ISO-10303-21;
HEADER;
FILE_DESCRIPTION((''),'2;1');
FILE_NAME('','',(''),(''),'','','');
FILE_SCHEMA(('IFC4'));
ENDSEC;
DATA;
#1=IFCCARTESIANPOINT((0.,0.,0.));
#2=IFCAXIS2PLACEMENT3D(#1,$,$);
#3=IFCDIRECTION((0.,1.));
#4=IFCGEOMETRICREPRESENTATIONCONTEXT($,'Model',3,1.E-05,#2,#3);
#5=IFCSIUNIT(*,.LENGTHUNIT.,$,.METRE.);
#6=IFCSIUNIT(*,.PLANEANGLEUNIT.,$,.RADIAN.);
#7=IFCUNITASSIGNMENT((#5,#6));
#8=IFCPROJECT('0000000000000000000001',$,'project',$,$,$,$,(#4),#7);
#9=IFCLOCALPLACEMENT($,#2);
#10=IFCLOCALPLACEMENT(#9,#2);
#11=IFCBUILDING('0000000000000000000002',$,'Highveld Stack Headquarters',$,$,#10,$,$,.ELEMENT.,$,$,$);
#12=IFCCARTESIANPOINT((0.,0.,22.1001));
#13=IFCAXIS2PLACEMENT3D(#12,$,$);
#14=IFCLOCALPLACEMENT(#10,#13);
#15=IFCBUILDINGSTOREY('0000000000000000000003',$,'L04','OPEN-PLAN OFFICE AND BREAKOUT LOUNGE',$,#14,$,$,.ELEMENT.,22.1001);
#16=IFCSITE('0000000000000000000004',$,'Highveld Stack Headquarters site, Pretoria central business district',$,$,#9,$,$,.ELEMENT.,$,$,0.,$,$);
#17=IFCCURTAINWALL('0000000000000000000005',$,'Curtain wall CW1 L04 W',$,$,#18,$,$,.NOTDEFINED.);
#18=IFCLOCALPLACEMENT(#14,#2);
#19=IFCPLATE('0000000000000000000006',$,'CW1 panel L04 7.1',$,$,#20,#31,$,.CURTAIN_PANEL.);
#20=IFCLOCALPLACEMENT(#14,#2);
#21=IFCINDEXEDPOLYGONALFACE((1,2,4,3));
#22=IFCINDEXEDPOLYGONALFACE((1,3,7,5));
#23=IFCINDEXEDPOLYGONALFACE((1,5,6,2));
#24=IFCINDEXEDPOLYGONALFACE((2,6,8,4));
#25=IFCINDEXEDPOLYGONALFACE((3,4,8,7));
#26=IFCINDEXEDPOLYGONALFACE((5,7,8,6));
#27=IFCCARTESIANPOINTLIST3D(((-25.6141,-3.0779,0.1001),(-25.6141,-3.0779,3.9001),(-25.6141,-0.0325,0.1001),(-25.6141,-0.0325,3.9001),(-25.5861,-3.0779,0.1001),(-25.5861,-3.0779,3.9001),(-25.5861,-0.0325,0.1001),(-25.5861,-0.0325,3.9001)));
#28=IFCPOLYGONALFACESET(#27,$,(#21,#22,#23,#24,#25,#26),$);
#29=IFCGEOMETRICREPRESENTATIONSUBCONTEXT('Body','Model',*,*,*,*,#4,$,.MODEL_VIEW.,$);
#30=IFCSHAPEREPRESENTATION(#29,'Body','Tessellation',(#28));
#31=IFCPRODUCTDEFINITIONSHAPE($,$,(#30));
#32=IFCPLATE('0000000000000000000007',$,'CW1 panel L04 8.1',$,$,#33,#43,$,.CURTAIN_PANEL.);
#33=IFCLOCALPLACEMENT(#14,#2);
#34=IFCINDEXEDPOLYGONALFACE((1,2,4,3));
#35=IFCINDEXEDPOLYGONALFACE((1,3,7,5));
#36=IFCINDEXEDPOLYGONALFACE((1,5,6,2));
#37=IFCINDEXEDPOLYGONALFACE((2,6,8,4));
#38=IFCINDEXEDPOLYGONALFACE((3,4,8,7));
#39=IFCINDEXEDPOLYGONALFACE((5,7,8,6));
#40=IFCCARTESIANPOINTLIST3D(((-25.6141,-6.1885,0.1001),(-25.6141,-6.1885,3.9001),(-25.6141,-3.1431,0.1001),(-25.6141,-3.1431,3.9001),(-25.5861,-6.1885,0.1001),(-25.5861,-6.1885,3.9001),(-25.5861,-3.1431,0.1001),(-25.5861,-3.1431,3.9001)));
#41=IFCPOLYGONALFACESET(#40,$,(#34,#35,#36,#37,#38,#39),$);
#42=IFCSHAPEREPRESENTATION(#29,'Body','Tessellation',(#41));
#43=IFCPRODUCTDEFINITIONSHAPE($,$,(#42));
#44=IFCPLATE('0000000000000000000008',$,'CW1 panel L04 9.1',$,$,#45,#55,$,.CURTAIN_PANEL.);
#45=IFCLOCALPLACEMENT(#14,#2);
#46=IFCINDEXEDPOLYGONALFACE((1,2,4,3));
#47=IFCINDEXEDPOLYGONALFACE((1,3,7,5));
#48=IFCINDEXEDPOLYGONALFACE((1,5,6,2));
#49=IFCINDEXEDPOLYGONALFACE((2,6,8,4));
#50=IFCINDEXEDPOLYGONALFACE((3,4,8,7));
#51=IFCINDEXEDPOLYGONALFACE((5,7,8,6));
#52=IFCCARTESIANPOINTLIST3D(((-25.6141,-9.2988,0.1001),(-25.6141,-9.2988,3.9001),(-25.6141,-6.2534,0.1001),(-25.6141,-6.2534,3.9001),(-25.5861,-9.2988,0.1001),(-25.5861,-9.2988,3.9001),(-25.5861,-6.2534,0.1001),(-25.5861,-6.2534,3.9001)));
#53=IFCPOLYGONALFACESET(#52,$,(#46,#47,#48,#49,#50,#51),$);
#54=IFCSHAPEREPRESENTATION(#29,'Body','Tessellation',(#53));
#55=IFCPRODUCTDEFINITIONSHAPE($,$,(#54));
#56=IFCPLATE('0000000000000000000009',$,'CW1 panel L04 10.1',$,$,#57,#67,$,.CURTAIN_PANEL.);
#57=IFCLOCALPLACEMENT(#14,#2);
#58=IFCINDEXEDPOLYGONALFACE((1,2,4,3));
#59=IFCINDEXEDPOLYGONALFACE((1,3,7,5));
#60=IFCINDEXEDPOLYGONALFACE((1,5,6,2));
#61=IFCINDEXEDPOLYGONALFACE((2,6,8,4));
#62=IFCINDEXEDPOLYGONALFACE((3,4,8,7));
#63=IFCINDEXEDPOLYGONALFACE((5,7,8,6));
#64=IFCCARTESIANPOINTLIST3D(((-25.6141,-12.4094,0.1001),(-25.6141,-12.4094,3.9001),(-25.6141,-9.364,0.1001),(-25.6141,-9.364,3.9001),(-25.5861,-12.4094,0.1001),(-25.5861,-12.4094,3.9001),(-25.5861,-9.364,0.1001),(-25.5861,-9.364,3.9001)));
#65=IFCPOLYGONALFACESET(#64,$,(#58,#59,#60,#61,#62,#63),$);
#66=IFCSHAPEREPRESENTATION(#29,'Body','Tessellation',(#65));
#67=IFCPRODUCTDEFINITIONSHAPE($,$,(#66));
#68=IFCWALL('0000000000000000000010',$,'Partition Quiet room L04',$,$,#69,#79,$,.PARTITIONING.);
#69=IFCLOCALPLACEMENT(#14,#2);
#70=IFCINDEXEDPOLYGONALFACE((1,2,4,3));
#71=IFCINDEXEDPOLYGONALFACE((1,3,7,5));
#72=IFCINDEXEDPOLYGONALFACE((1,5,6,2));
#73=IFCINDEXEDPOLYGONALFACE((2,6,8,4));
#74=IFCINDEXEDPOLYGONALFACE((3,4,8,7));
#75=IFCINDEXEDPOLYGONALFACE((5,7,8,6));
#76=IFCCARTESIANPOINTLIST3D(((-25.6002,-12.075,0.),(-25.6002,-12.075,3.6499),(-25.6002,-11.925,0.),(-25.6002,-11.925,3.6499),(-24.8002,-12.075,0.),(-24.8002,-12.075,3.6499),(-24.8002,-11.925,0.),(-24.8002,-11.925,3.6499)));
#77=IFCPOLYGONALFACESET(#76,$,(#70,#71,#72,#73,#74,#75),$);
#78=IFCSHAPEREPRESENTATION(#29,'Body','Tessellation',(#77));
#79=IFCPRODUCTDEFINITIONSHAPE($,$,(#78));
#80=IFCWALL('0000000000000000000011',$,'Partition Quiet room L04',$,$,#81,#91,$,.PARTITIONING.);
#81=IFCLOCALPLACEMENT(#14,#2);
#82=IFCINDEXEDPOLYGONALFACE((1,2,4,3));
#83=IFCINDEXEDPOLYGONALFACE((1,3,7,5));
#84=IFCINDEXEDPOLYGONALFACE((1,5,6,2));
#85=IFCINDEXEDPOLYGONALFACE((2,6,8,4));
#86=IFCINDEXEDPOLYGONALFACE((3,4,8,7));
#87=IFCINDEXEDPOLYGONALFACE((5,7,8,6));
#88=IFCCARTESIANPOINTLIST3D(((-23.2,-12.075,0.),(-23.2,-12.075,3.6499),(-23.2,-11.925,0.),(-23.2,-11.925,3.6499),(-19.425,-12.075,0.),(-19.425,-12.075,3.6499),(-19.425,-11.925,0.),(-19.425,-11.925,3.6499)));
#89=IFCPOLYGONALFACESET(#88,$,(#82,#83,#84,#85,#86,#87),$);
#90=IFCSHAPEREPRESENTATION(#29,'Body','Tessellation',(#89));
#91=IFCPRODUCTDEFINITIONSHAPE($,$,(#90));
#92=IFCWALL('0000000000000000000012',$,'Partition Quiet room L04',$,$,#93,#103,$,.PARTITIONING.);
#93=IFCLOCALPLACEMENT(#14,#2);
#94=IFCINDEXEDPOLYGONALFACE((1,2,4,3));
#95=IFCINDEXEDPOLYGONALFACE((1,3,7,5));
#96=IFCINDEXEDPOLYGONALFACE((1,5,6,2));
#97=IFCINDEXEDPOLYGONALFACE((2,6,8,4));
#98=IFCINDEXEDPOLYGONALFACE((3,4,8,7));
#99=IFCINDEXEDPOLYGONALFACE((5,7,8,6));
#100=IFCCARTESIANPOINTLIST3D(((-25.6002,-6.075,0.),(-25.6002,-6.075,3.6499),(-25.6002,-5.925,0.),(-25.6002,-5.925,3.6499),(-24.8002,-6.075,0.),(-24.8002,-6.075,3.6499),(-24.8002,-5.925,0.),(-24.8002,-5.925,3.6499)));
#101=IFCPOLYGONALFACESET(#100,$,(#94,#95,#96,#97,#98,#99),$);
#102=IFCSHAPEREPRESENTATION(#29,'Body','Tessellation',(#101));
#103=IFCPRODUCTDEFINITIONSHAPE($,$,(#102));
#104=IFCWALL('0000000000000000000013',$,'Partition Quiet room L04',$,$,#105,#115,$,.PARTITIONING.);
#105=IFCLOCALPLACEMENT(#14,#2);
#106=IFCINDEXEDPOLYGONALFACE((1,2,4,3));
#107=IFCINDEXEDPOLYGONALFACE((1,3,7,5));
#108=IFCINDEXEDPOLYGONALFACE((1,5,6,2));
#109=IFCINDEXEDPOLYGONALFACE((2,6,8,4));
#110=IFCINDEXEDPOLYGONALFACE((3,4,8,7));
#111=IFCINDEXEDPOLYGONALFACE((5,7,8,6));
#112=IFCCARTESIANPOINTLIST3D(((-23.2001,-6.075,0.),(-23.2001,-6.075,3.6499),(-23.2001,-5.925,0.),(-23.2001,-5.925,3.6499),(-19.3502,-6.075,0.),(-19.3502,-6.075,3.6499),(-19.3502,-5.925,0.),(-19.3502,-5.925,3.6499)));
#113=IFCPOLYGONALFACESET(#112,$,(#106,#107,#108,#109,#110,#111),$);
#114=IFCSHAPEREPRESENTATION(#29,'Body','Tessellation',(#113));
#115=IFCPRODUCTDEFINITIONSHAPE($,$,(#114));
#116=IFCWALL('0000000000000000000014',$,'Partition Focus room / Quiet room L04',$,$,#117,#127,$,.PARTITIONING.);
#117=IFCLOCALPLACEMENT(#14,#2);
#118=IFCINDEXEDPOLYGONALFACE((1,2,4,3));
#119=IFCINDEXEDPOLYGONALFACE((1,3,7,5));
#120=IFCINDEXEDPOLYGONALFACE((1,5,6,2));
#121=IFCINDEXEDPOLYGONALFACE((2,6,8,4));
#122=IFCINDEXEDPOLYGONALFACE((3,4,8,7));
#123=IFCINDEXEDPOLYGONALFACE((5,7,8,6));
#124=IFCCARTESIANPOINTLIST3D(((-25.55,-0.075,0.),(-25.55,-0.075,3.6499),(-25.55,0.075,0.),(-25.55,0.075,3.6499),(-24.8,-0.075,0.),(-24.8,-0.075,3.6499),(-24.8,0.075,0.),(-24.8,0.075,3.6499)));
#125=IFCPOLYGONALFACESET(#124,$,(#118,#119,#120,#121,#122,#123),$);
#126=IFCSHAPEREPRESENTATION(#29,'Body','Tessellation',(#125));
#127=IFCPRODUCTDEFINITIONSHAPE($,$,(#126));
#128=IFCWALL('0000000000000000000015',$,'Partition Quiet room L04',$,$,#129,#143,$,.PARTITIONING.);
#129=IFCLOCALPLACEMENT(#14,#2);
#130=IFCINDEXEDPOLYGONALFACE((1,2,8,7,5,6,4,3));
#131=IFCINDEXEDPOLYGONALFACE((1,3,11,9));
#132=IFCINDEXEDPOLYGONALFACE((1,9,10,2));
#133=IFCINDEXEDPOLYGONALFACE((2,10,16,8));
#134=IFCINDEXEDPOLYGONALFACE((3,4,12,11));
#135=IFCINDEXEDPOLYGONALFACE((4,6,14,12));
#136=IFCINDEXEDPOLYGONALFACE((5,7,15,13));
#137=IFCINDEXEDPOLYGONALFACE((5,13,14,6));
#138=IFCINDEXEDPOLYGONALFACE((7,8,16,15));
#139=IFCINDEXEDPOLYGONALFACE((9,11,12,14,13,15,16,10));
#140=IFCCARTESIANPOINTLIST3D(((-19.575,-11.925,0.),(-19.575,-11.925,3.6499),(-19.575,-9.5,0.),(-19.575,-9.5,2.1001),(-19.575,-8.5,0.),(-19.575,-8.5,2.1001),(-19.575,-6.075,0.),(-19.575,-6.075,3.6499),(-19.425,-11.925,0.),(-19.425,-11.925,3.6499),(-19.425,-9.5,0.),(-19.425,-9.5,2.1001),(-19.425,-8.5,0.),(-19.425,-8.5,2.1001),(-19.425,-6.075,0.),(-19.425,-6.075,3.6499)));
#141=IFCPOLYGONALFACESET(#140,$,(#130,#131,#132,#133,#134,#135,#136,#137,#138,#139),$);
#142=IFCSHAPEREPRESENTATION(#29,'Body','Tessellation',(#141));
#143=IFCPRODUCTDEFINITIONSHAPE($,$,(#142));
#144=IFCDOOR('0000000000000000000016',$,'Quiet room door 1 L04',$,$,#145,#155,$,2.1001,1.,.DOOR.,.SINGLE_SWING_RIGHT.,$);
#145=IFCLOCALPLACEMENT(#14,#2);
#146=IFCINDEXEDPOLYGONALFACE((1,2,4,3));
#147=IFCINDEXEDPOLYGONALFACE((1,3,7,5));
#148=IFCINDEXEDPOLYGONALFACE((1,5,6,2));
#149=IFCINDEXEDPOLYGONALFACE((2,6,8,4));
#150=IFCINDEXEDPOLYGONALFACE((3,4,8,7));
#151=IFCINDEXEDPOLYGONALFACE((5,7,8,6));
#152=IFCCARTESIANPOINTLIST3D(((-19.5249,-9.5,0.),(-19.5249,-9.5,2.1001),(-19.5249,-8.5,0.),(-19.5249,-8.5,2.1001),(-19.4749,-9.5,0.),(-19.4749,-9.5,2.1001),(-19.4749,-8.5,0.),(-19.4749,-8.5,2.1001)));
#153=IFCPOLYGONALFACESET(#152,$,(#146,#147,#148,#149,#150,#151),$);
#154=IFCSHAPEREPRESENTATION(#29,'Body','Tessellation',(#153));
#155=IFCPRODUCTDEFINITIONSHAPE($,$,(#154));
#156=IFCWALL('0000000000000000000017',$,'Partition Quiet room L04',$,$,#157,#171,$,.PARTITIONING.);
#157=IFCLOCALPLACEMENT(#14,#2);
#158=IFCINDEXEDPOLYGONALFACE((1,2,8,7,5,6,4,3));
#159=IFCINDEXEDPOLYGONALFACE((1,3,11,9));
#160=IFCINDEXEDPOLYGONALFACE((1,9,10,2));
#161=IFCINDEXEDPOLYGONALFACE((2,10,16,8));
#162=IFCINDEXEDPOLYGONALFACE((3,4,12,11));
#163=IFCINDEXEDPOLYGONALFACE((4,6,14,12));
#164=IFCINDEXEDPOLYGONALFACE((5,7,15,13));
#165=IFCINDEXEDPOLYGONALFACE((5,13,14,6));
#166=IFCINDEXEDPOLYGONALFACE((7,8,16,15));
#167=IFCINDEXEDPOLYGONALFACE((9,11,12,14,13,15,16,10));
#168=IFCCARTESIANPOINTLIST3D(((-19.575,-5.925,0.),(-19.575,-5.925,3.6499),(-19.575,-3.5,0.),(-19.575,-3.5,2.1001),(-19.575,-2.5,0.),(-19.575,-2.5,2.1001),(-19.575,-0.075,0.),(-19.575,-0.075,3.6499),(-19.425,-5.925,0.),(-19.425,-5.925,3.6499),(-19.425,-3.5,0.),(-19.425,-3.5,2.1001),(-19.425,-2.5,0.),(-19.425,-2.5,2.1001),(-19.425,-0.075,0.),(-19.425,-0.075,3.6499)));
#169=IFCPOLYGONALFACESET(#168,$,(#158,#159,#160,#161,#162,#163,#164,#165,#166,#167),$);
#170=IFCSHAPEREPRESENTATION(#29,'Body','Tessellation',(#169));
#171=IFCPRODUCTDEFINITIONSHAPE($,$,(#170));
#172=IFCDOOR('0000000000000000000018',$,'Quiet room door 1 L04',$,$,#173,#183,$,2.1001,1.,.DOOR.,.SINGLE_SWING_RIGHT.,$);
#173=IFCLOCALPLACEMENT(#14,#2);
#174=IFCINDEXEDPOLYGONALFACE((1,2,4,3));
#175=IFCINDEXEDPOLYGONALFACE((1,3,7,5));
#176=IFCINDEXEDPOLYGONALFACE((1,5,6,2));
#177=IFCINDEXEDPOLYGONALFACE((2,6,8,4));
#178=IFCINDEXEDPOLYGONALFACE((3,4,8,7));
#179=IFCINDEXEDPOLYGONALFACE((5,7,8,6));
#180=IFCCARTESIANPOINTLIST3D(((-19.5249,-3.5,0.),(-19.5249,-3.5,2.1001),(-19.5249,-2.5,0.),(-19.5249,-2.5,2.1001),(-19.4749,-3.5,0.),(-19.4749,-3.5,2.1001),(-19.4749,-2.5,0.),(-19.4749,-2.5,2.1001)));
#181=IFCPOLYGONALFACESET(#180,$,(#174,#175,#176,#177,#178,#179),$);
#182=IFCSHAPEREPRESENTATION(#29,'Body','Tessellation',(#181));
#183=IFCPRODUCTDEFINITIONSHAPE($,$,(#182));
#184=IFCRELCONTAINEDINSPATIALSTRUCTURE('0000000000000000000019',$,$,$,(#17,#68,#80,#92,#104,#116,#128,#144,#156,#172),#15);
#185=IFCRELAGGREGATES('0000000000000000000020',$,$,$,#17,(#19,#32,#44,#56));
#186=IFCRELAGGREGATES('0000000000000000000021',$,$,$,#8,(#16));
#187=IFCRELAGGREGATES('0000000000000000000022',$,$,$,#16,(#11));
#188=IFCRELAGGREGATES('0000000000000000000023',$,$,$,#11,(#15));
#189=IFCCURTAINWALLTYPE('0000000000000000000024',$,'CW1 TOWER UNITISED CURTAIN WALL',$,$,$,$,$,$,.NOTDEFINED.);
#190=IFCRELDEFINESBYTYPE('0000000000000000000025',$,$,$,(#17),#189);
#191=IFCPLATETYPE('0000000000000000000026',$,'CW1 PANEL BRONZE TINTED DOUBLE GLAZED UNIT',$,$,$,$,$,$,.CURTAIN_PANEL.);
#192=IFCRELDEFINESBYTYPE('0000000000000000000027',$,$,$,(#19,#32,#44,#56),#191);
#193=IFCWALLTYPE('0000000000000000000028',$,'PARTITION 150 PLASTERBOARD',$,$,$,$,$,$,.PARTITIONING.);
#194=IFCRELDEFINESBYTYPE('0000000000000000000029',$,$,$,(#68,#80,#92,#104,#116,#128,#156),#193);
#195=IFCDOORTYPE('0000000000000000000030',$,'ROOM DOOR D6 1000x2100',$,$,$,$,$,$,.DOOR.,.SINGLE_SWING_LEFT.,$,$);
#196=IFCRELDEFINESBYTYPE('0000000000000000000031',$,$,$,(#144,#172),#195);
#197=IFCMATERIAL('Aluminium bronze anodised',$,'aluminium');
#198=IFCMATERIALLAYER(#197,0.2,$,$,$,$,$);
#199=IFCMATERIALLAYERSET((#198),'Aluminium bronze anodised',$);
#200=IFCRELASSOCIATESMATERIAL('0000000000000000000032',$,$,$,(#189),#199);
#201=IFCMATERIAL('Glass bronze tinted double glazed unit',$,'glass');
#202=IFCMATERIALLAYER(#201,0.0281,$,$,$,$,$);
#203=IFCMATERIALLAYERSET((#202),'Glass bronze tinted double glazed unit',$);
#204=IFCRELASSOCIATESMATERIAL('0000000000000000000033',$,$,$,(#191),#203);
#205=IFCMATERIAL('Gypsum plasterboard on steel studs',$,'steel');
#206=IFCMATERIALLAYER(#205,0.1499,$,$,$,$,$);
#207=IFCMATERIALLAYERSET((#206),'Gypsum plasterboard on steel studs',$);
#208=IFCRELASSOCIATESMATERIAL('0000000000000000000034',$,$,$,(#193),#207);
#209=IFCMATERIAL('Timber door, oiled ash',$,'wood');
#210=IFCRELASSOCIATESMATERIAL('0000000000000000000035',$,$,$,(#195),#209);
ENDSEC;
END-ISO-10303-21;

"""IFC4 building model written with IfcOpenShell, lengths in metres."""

from ifc_helpers import new_model, si_unit, direction, frame, frame_2d, origin, origin_2d, place, context, subcontext, project, spatial, rectangle, extrude, material, layer, layer_set, type_object, element, fill, aggregate, save


model = new_model("IFC4")

# Units and contexts
model_context = context("Model", 3, precision=1e-05, world=origin(), true_north=direction((0.0, 1.0)))
body_context = subcontext(model_context, "Body", "Model", "MODEL_VIEW")
ifc_project = project(units=[si_unit("LENGTHUNIT", "METRE"), si_unit("PLANEANGLEUNIT", "RADIAN")], contexts=[model_context])

# Site, building, storey
site_placement = place(None, origin())
site = spatial("IfcSite", under=ifc_project, at=site_placement, Name="Highveld Stack Headquarters site, Pretoria central business district", CompositionType="ELEMENT", RefElevation=0.0)
building_placement = place(site_placement, origin())
building = spatial("IfcBuilding", under=site, at=building_placement, Name="Highveld Stack Headquarters", CompositionType="ELEMENT")
storey_placement = place(building_placement, frame((0.0, 0.0, 22.1001)))
storey = spatial("IfcBuildingStorey", under=building, at=storey_placement, Name="L04", Description="OPEN-PLAN OFFICE AND BREAKOUT LOUNGE", CompositionType="ELEMENT", Elevation=22.1001)

# Curtain wall, plates
ifc_material_1 = material(Name="Aluminium bronze anodised", Category="aluminium")
ifc_layer_1 = layer(ifc_material_1, 0.2)
ifc_layer_set_1 = layer_set([ifc_layer_1], Name="Aluminium bronze anodised")
curtain_wall_type = type_object("IfcCurtainWallType", Name="CW1 TOWER UNITISED CURTAIN WALL", PredefinedType="NOTDEFINED", material=ifc_layer_set_1)
curtain_wall_placement = place(storey_placement, origin())
curtain_wall = element("IfcCurtainWall", 1, at=curtain_wall_placement, inside=storey, type_object=curtain_wall_type, Name="Curtain wall CW1 L04 W", PredefinedType="NOTDEFINED")
ifc_material_2 = material(Name="Glass bronze tinted double glazed unit", Category="glass")
ifc_layer_2 = layer(ifc_material_2, 0.0281)
ifc_layer_set_2 = layer_set([ifc_layer_2], Name="Glass bronze tinted double glazed unit")
plate_type = type_object("IfcPlateType", Name="CW1 PANEL BRONZE TINTED DOUBLE GLAZED UNIT", PredefinedType="CURTAIN_PANEL", material=ifc_layer_set_2)
plate_1_placement = place(storey_placement, frame((-25.6001, -1.5552, 0.1001), z_axis=(0.0, 0.0, 1.0), x_axis=(0.0, -1.0, 0.0)))
plate_1 = element("IfcPlate", 2, at=plate_1_placement, type_object=plate_type, Name="CW1 panel L04 7.1", PredefinedType="CURTAIN_PANEL", context=body_context, shape_type="SweptSolid", body=[
    extrude(rectangle(XDim=3.0454, YDim=0.0281, at=origin_2d()), origin(), (0.0, 0.0, 1.0), 3.8),
])
plate_2_placement = place(storey_placement, frame((-25.6001, -4.6658, 0.1001), z_axis=(0.0, 0.0, 1.0), x_axis=(0.0, -1.0, 0.0)))
plate_2 = element("IfcPlate", 3, at=plate_2_placement, type_object=plate_type, Name="CW1 panel L04 8.1", PredefinedType="CURTAIN_PANEL", context=body_context, shape_type="SweptSolid", body=[
    extrude(rectangle(XDim=3.0454, YDim=0.0281, at=origin_2d()), origin(), (0.0, 0.0, 1.0), 3.8),
])
plate_3_placement = place(storey_placement, frame((-25.6001, -7.7761, 0.1001), z_axis=(0.0, 0.0, 1.0), x_axis=(0.0, -1.0, 0.0)))
plate_3 = element("IfcPlate", 4, at=plate_3_placement, type_object=plate_type, Name="CW1 panel L04 9.1", PredefinedType="CURTAIN_PANEL", context=body_context, shape_type="SweptSolid", body=[
    extrude(rectangle(XDim=3.0454, YDim=0.0281, at=origin_2d()), origin(), (0.0, 0.0, 1.0), 3.8),
])
plate_4_placement = place(storey_placement, frame((-25.6001, -10.8867, 0.1001), z_axis=(0.0, 0.0, 1.0), x_axis=(0.0, -1.0, 0.0)))
plate_4 = element("IfcPlate", 5, at=plate_4_placement, type_object=plate_type, Name="CW1 panel L04 10.1", PredefinedType="CURTAIN_PANEL", context=body_context, shape_type="SweptSolid", body=[
    extrude(rectangle(XDim=3.0454, YDim=0.0281, at=origin_2d()), origin(), (0.0, 0.0, 1.0), 3.8),
])
aggregate(curtain_wall, [plate_1, plate_2, plate_3, plate_4])

# Walls
ifc_material_3 = material(Name="Gypsum plasterboard on steel studs", Category="steel")
ifc_layer_3 = layer(ifc_material_3, 0.1499)
ifc_layer_set_3 = layer_set([ifc_layer_3], Name="Gypsum plasterboard on steel studs")
wall_type = type_object("IfcWallType", Name="PARTITION 150 PLASTERBOARD", PredefinedType="PARTITIONING", material=ifc_layer_set_3)
wall_1_placement = place(storey_placement, frame((-25.6001, -12.0, 0.0), z_axis=(0.0, 0.0, 1.0), x_axis=(1.0, 0.0, 0.0)))
element("IfcWall", 6, at=wall_1_placement, inside=storey, type_object=wall_type, Name="Partition Quiet room L04", PredefinedType="PARTITIONING", context=body_context, shape_type="SweptSolid", body=[
    extrude(rectangle(XDim=0.8, YDim=0.1499, at=frame_2d((0.3999, 0.0))), origin(), (0.0, 0.0, 1.0), 3.6499),
])
wall_2_placement = place(storey_placement, frame((-23.2, -12.0, 0.0), z_axis=(0.0, 0.0, 1.0), x_axis=(1.0, 0.0, 0.0)))
element("IfcWall", 7, at=wall_2_placement, inside=storey, type_object=wall_type, Name="Partition Quiet room L04", PredefinedType="PARTITIONING", context=body_context, shape_type="SweptSolid", body=[
    extrude(rectangle(XDim=3.7749, YDim=0.1499, at=frame_2d((1.8875, 0.0))), origin(), (0.0, 0.0, 1.0), 3.6499),
])
wall_3_placement = place(storey_placement, frame((-25.6001, -6.0, 0.0), z_axis=(0.0, 0.0, 1.0), x_axis=(1.0, 0.0, 0.0)))
element("IfcWall", 8, at=wall_3_placement, inside=storey, type_object=wall_type, Name="Partition Quiet room L04", PredefinedType="PARTITIONING", context=body_context, shape_type="SweptSolid", body=[
    extrude(rectangle(XDim=0.8, YDim=0.1499, at=frame_2d((0.3999, 0.0))), origin(), (0.0, 0.0, 1.0), 3.6499),
])
wall_4_placement = place(storey_placement, frame((-23.2, -6.0, 0.0), z_axis=(0.0, 0.0, 1.0), x_axis=(1.0, 0.0, 0.0)))
element("IfcWall", 9, at=wall_4_placement, inside=storey, type_object=wall_type, Name="Partition Quiet room L04", PredefinedType="PARTITIONING", context=body_context, shape_type="SweptSolid", body=[
    extrude(rectangle(XDim=3.8499, YDim=0.1499, at=frame_2d((1.9248, 0.0))), origin(), (0.0, 0.0, 1.0), 3.6499),
])
wall_5_placement = place(storey_placement, frame((-25.55, 0.0, 0.0), z_axis=(0.0, 0.0, 1.0), x_axis=(1.0, 0.0, 0.0)))
element("IfcWall", 10, at=wall_5_placement, inside=storey, type_object=wall_type, Name="Partition Focus room / Quiet room L04", PredefinedType="PARTITIONING", context=body_context, shape_type="SweptSolid", body=[
    extrude(rectangle(XDim=0.75, YDim=0.1499, at=frame_2d((0.375, 0.0))), origin(), (0.0, 0.0, 1.0), 3.6499),
])

# Walls, openings, doors
wall_6_placement = place(storey_placement, frame((-19.5, -11.925, 0.0), z_axis=(0.0, 0.0, 1.0), x_axis=(0.0, 1.0, 0.0)))
wall_6 = element("IfcWall", 11, at=wall_6_placement, inside=storey, type_object=wall_type, Name="Partition Quiet room L04", PredefinedType="PARTITIONING", context=body_context, shape_type="SweptSolid", body=[
    extrude(rectangle(XDim=5.8501, YDim=0.1499, at=frame_2d((2.925, 0.0))), origin(), (0.0, 0.0, 1.0), 3.6499),
])
opening_1_placement = place(wall_6_placement, frame((2.425, 0.0, 0.0)))
opening_1 = element("IfcOpeningElement", 12, at=opening_1_placement, cuts=wall_6, PredefinedType="OPENING", context=body_context, shape_type="SweptSolid", body=[
    extrude(rectangle(XDim=1.0, YDim=2.1001, at=frame_2d((0.5, 1.05))), frame((0.0, 0.085, 0.0), z_axis=(0.0, -1.0, 0.0), x_axis=(1.0, 0.0, 0.0)), (0.0, 0.0, 1.0), 0.1699),
])
ifc_material_4 = material(Name="Timber door, oiled ash", Category="wood")
door_type = type_object("IfcDoorType", Name="ROOM DOOR D6 1000x2100", OperationType="SINGLE_SWING_LEFT", PredefinedType="DOOR", material=ifc_material_4)
door_1_placement = place(opening_1_placement, origin())
door_1 = element("IfcDoor", 13, at=door_1_placement, inside=storey, type_object=door_type, Name="Quiet room door 1 L04", OperationType="SINGLE_SWING_RIGHT", OverallHeight=2.1001, OverallWidth=1.0, PredefinedType="DOOR", context=body_context, shape_type="SweptSolid", body=[
    extrude(rectangle(XDim=1.0, YDim=2.1001, at=frame_2d((0.5, 1.05))), frame((0.0, 0.0249, 0.0), z_axis=(0.0, -1.0, 0.0), x_axis=(1.0, 0.0, 0.0)), (0.0, 0.0, 1.0), 0.05),
])
fill(opening_1, door_1)
wall_7_placement = place(storey_placement, frame((-19.5, -5.925, 0.0), z_axis=(0.0, 0.0, 1.0), x_axis=(0.0, 1.0, 0.0)))
wall_7 = element("IfcWall", 14, at=wall_7_placement, inside=storey, type_object=wall_type, Name="Partition Quiet room L04", PredefinedType="PARTITIONING", context=body_context, shape_type="SweptSolid", body=[
    extrude(rectangle(XDim=5.8501, YDim=0.1499, at=frame_2d((2.925, 0.0))), origin(), (0.0, 0.0, 1.0), 3.6499),
])
opening_2_placement = place(wall_7_placement, frame((2.425, 0.0, 0.0)))
opening_2 = element("IfcOpeningElement", 15, at=opening_2_placement, cuts=wall_7, PredefinedType="OPENING", context=body_context, shape_type="SweptSolid", body=[
    extrude(rectangle(XDim=1.0, YDim=2.1001, at=frame_2d((0.5, 1.05))), frame((0.0, 0.085, 0.0), z_axis=(0.0, -1.0, 0.0), x_axis=(1.0, 0.0, 0.0)), (0.0, 0.0, 1.0), 0.1699),
])
door_2_placement = place(opening_2_placement, origin())
door_2 = element("IfcDoor", 16, at=door_2_placement, inside=storey, type_object=door_type, Name="Quiet room door 1 L04", OperationType="SINGLE_SWING_RIGHT", OverallHeight=2.1001, OverallWidth=1.0, PredefinedType="DOOR", context=body_context, shape_type="SweptSolid", body=[
    extrude(rectangle(XDim=1.0, YDim=2.1001, at=frame_2d((0.5, 1.05))), frame((0.0, 0.0249, 0.0), z_axis=(0.0, -1.0, 0.0), x_axis=(1.0, 0.0, 0.0)), (0.0, 0.0, 1.0), 0.05),
])
fill(opening_2, door_2)

save(model, "model.ifc")
